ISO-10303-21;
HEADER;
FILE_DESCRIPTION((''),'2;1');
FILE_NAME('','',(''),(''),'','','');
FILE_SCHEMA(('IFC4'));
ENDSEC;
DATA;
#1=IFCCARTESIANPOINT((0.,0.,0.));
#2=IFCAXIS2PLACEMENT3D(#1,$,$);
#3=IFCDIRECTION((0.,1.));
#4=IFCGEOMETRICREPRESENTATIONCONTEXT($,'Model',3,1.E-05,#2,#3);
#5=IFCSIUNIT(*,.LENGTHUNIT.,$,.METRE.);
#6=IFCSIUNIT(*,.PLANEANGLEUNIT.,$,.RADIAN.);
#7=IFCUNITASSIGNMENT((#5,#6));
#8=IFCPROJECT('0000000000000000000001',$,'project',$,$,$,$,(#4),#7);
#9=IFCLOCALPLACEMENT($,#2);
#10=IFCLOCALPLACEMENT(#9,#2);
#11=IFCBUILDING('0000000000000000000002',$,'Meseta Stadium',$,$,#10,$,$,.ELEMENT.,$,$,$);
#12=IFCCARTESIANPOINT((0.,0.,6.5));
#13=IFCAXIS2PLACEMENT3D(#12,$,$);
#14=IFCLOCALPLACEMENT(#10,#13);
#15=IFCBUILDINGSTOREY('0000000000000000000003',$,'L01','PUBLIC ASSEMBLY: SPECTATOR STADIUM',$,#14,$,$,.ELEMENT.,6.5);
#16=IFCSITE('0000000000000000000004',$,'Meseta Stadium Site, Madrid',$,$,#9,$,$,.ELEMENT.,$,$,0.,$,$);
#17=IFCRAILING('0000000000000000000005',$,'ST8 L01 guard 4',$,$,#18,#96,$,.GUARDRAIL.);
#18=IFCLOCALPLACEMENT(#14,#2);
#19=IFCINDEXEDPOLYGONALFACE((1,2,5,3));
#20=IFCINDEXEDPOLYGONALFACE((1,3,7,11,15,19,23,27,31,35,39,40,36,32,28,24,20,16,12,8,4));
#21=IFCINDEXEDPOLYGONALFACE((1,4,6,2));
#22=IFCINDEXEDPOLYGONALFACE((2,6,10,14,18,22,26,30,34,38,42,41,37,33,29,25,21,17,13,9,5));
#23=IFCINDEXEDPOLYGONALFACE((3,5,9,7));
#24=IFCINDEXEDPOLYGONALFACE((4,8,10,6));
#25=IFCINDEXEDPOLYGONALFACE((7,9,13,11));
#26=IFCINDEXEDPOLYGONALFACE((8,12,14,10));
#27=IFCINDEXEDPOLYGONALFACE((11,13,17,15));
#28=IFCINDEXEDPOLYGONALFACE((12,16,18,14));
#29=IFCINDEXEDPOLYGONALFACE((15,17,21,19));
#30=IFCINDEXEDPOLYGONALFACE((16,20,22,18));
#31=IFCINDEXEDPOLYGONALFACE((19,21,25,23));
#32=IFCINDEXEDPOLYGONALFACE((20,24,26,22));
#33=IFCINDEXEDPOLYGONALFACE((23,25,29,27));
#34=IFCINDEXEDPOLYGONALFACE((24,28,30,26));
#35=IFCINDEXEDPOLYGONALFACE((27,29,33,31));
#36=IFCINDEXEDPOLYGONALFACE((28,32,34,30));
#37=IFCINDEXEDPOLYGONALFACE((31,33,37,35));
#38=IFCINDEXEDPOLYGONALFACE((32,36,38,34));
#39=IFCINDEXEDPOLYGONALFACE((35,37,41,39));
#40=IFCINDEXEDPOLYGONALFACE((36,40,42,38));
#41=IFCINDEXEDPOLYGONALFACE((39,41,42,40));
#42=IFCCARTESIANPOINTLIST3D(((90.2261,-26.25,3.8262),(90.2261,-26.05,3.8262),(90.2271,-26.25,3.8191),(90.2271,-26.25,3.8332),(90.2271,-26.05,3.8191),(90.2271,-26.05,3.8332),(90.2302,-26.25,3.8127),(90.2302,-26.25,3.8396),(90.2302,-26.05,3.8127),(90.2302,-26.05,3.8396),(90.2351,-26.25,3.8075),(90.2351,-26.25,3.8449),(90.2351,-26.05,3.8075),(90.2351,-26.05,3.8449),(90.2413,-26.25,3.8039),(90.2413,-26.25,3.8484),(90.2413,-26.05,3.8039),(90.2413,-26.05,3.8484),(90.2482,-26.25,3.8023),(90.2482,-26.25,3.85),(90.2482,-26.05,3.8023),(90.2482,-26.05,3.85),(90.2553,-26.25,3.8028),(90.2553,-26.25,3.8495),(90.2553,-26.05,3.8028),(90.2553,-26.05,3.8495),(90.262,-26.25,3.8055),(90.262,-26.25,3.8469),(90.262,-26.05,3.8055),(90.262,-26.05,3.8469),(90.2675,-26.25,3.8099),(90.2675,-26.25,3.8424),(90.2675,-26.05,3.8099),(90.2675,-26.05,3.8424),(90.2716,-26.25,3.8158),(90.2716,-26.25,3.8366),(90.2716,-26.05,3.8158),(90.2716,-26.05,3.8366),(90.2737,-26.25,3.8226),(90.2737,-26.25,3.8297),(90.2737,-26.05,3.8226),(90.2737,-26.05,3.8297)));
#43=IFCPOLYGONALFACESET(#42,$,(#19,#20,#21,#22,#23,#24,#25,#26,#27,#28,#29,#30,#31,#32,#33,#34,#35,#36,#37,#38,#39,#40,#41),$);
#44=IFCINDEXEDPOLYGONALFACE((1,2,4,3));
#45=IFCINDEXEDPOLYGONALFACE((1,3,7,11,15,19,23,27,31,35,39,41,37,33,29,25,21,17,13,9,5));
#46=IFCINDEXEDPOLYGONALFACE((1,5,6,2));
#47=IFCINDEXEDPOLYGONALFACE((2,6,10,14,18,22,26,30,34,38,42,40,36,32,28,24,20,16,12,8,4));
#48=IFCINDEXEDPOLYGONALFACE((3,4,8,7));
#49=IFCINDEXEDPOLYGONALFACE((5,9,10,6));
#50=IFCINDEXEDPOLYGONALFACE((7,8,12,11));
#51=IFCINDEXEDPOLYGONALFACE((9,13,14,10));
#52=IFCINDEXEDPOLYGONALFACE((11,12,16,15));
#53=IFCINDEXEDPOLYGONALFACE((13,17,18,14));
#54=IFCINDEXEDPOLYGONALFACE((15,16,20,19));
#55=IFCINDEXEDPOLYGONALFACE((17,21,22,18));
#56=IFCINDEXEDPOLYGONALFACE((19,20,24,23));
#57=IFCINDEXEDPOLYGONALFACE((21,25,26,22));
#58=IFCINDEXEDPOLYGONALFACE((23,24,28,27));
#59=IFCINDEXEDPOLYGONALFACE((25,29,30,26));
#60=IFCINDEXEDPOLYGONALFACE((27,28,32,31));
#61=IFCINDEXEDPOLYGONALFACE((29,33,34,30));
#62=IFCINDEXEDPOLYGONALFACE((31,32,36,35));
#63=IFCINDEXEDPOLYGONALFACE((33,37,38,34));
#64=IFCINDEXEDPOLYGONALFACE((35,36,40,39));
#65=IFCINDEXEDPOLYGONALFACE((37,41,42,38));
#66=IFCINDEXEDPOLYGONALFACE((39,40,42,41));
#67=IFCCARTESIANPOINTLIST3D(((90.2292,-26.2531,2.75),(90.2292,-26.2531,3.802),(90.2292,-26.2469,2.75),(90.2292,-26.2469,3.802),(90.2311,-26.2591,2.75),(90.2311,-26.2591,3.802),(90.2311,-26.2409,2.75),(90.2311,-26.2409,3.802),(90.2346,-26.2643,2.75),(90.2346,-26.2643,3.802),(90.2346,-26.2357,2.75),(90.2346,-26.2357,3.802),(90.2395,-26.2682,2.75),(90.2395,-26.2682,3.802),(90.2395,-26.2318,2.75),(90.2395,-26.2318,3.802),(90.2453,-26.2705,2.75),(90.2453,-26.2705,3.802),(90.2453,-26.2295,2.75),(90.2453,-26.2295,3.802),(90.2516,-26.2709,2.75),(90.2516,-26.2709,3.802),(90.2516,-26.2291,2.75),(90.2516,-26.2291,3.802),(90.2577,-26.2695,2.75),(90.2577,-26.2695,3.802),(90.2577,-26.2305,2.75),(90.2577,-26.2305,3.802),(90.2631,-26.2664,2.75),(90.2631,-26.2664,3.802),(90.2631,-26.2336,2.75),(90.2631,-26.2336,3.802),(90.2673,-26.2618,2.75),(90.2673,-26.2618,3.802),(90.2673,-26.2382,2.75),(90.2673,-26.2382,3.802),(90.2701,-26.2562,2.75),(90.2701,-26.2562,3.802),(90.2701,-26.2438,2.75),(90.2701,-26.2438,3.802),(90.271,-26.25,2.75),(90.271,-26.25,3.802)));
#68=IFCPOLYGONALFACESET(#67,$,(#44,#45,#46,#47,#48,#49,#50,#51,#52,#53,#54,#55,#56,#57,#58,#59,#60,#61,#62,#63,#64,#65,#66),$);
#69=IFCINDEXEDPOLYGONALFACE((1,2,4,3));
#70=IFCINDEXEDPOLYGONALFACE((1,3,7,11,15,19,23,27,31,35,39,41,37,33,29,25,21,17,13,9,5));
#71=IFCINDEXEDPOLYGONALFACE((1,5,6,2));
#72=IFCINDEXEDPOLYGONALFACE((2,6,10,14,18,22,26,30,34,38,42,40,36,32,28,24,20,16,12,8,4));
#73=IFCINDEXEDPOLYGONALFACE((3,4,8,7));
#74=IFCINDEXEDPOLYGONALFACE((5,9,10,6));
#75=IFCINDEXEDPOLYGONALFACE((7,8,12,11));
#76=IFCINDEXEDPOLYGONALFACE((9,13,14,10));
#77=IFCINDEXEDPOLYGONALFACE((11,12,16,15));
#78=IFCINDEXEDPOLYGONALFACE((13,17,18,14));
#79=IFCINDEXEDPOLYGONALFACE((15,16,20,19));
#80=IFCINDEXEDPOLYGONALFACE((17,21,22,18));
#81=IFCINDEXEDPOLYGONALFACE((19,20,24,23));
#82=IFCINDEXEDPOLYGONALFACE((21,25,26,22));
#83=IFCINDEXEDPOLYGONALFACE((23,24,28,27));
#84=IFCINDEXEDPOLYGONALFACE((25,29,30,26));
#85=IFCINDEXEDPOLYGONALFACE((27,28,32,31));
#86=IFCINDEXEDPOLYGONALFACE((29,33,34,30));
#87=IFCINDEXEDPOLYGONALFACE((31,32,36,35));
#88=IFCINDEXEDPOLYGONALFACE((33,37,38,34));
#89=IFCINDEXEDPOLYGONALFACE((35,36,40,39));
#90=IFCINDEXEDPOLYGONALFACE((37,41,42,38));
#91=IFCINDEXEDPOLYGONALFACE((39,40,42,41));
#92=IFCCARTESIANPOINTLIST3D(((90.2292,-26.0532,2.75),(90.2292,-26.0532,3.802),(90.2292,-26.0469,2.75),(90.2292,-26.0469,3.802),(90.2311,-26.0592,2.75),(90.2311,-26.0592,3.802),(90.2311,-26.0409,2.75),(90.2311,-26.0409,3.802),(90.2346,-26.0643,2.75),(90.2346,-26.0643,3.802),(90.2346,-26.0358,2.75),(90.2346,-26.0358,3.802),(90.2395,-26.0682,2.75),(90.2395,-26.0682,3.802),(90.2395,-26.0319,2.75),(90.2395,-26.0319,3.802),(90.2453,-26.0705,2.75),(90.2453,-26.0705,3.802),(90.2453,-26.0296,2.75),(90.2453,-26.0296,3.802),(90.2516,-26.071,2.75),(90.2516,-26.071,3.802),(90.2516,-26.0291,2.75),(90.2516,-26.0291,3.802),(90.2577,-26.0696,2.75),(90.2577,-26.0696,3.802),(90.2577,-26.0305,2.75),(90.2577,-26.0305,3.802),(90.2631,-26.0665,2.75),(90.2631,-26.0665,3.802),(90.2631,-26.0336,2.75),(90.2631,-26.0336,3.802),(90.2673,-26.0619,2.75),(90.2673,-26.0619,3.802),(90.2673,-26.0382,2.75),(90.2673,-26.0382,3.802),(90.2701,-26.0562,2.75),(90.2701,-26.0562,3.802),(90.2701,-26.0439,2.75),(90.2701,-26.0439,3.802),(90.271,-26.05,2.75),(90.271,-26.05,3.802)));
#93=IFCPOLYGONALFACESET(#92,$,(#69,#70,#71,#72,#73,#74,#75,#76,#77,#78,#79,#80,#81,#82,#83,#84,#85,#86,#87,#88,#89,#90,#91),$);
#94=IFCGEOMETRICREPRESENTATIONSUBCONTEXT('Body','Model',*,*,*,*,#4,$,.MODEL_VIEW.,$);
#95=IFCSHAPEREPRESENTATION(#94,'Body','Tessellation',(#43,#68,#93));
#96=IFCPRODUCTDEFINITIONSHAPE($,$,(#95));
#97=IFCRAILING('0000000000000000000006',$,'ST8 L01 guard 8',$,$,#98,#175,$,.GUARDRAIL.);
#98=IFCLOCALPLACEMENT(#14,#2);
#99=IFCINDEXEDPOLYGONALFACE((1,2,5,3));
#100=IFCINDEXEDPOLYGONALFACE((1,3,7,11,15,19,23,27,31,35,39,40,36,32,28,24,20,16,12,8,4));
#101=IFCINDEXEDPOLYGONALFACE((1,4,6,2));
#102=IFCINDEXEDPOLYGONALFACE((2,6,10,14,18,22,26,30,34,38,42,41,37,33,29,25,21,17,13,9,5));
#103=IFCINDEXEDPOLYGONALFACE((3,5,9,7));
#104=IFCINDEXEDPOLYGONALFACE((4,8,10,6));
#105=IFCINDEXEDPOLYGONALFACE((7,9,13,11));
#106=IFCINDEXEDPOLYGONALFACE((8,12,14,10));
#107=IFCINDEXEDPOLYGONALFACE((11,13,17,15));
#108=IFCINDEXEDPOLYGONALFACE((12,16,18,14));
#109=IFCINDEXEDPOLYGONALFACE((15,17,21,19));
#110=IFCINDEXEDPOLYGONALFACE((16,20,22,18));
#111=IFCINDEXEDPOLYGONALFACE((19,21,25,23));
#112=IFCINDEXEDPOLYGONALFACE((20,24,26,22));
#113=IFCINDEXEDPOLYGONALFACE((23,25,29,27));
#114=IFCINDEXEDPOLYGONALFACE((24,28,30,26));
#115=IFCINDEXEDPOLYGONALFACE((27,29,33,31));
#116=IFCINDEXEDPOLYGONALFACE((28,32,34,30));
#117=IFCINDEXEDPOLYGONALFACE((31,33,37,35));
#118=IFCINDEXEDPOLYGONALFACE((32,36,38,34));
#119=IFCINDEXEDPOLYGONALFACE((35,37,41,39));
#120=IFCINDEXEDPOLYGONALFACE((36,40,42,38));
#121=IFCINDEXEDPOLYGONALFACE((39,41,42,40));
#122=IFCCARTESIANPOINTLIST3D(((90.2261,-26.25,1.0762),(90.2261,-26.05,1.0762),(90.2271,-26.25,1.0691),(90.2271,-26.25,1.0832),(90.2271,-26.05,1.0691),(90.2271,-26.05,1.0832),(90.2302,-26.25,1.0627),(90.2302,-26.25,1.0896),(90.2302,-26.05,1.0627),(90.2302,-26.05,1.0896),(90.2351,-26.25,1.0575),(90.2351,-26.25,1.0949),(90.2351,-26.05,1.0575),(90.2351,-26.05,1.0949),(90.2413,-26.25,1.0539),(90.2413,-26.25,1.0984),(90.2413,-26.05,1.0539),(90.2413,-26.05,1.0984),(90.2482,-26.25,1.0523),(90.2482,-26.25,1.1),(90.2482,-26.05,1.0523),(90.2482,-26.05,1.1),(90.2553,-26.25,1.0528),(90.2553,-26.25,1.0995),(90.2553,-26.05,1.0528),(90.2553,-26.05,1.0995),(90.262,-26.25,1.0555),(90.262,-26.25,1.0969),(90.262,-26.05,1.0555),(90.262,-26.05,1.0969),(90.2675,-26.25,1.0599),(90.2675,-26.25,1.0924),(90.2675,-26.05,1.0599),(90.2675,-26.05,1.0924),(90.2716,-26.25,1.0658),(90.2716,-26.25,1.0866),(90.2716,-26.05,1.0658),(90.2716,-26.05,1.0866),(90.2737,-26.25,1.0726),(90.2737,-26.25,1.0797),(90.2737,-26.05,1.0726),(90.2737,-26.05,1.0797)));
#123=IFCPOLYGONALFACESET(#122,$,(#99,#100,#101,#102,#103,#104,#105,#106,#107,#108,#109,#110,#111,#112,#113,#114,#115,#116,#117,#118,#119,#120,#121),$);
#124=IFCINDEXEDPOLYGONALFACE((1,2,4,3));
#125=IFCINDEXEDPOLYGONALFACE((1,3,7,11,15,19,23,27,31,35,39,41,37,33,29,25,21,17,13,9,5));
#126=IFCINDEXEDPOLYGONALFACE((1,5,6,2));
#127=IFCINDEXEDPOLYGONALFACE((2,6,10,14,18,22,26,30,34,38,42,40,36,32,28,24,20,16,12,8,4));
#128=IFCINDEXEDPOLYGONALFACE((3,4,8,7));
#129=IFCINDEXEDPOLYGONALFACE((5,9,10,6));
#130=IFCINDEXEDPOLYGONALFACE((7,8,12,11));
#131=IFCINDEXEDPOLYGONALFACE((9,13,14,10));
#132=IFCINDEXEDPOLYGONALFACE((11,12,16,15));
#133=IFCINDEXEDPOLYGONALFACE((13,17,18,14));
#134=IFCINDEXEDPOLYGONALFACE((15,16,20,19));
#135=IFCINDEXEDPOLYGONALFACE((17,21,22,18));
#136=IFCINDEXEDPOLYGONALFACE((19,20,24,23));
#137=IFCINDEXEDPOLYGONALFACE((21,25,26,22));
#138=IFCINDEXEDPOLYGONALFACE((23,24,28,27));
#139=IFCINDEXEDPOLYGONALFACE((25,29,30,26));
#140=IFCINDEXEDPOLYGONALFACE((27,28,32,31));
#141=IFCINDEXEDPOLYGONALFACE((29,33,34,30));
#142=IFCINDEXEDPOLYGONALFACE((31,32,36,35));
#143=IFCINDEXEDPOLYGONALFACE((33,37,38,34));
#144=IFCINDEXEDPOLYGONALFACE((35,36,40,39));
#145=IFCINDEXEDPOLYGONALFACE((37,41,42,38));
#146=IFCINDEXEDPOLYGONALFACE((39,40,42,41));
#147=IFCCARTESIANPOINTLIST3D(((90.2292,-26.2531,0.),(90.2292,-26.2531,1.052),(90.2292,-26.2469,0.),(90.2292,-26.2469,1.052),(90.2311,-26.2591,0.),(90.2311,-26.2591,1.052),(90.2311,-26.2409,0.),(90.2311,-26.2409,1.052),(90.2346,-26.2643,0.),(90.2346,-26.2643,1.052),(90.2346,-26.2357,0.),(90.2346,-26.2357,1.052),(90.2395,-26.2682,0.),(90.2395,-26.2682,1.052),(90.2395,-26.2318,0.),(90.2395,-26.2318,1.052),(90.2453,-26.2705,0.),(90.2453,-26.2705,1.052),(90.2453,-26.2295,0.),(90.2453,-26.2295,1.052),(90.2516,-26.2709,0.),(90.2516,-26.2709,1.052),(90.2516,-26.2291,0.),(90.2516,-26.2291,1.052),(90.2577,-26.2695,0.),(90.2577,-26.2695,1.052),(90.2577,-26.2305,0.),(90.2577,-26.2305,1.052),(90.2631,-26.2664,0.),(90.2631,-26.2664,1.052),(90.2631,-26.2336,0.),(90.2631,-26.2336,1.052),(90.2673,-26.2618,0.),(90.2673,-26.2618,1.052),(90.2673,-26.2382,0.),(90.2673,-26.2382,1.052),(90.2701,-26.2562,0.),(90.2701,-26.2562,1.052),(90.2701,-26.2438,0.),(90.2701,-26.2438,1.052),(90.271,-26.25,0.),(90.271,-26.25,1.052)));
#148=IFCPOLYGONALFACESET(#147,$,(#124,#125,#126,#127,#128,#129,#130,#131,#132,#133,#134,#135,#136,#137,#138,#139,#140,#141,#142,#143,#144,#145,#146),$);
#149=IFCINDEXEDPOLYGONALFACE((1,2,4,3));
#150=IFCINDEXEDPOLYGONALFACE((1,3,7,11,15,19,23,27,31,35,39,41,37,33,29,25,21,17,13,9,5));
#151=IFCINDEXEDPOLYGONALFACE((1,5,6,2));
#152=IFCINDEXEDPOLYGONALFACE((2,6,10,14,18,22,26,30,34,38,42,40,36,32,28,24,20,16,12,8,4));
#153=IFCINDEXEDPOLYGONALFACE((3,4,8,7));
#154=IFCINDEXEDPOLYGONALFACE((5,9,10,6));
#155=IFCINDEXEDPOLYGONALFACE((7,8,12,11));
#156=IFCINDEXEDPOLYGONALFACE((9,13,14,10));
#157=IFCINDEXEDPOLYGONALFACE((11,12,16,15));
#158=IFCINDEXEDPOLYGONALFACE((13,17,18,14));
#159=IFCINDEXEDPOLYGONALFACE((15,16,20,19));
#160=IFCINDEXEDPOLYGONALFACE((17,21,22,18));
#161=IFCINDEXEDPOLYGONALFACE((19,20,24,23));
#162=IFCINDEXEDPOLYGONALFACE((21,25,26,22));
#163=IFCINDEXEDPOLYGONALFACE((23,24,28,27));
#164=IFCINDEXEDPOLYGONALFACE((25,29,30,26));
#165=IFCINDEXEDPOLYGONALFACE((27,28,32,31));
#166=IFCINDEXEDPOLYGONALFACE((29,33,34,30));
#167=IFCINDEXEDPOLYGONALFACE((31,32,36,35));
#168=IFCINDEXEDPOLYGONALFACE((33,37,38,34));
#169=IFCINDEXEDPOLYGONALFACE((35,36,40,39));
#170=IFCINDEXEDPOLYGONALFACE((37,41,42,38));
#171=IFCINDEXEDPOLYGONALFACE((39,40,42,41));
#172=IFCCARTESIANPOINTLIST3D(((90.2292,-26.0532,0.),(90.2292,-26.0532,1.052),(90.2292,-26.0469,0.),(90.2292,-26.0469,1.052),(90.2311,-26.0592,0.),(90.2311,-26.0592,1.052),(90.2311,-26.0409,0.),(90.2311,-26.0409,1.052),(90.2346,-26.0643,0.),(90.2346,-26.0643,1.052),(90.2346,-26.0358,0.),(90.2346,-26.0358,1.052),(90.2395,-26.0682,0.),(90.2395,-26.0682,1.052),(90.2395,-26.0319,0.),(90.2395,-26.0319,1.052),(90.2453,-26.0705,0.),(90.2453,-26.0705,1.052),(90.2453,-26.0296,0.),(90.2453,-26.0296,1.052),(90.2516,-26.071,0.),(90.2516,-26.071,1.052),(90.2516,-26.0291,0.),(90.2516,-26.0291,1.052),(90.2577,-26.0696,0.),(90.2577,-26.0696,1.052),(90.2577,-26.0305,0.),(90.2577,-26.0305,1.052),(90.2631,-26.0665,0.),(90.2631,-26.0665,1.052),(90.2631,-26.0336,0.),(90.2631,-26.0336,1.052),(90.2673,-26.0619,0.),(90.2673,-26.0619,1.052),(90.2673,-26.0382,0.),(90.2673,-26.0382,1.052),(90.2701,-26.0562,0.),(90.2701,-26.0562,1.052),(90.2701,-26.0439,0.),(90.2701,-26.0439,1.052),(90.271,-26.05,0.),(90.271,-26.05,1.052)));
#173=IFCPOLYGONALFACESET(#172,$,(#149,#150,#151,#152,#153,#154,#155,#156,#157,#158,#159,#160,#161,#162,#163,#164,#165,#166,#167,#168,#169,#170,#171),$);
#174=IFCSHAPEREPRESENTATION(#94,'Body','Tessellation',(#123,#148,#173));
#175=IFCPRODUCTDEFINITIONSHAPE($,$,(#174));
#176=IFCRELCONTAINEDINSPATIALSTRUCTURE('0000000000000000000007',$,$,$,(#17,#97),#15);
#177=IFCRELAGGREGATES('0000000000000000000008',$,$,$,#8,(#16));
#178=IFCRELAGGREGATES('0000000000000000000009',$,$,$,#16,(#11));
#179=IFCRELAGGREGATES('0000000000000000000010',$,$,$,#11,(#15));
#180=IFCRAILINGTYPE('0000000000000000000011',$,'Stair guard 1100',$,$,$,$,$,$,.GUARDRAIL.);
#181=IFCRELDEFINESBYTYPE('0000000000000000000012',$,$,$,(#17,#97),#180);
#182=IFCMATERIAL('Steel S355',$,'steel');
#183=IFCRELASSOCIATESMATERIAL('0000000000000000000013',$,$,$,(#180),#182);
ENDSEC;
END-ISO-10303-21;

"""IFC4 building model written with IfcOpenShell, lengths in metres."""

from ifc_helpers import new_model, si_unit, direction, frame, origin, origin_2d, place, context, subcontext, project, spatial, circle, extrude, material, type_object, element, save


model = new_model("IFC4")

# Units and contexts
model_context = context("Model", 3, precision=1e-05, world=origin(), true_north=direction((0.0, 1.0)))
body_context = subcontext(model_context, "Body", "Model", "MODEL_VIEW")
ifc_project = project(units=[si_unit("LENGTHUNIT", "METRE"), si_unit("PLANEANGLEUNIT", "RADIAN")], contexts=[model_context])

# Site, building, storey
site_placement = place(None, origin())
site = spatial("IfcSite", under=ifc_project, at=site_placement, Name="Meseta Stadium Site, Madrid", CompositionType="ELEMENT", RefElevation=0.0)
building_placement = place(site_placement, origin())
building = spatial("IfcBuilding", under=site, at=building_placement, Name="Meseta Stadium", CompositionType="ELEMENT")
storey_placement = place(building_placement, frame((0.0, 0.0, 6.5)))
storey = spatial("IfcBuildingStorey", under=building, at=storey_placement, Name="L01", Description="PUBLIC ASSEMBLY: SPECTATOR STADIUM", CompositionType="ELEMENT", Elevation=6.5)

# Railings
ifc_material_1 = material(Name="Steel S355", Category="steel")
railing_type_1 = type_object("IfcRailingType", Name="Stair guard 1100", PredefinedType="GUARDRAIL", material=ifc_material_1)
for number, where, name in (
    (1, (90.25, -26.25, 2.75), "ST8 L01 guard 4"),
    (2, (90.25, -26.25, 0.0), "ST8 L01 guard 8"),
):
    element("IfcRailing", number, at=place(storey_placement, frame(where)), inside=storey, type_object=railing_type_1, Name=name, PredefinedType="GUARDRAIL", context=body_context, shape_type="SweptSolid", body=[
        extrude(circle(Radius=0.0239, at=origin_2d()), frame((0.0, 0.0, 1.0762), z_axis=(0.0, 1.0, 0.0), x_axis=(-1.0, 0.0, 0.0)), (0.0, 0.0, 1.0), 0.2),
        extrude(circle(Radius=0.021, at=origin_2d()), origin(), (0.0, 0.0, 1.0), 1.052),
        extrude(circle(Radius=0.021, at=origin_2d()), frame((0.0, 0.2, 0.0)), (0.0, 0.0, 1.0), 1.052),
    ])

save(model, "model.ifc")
